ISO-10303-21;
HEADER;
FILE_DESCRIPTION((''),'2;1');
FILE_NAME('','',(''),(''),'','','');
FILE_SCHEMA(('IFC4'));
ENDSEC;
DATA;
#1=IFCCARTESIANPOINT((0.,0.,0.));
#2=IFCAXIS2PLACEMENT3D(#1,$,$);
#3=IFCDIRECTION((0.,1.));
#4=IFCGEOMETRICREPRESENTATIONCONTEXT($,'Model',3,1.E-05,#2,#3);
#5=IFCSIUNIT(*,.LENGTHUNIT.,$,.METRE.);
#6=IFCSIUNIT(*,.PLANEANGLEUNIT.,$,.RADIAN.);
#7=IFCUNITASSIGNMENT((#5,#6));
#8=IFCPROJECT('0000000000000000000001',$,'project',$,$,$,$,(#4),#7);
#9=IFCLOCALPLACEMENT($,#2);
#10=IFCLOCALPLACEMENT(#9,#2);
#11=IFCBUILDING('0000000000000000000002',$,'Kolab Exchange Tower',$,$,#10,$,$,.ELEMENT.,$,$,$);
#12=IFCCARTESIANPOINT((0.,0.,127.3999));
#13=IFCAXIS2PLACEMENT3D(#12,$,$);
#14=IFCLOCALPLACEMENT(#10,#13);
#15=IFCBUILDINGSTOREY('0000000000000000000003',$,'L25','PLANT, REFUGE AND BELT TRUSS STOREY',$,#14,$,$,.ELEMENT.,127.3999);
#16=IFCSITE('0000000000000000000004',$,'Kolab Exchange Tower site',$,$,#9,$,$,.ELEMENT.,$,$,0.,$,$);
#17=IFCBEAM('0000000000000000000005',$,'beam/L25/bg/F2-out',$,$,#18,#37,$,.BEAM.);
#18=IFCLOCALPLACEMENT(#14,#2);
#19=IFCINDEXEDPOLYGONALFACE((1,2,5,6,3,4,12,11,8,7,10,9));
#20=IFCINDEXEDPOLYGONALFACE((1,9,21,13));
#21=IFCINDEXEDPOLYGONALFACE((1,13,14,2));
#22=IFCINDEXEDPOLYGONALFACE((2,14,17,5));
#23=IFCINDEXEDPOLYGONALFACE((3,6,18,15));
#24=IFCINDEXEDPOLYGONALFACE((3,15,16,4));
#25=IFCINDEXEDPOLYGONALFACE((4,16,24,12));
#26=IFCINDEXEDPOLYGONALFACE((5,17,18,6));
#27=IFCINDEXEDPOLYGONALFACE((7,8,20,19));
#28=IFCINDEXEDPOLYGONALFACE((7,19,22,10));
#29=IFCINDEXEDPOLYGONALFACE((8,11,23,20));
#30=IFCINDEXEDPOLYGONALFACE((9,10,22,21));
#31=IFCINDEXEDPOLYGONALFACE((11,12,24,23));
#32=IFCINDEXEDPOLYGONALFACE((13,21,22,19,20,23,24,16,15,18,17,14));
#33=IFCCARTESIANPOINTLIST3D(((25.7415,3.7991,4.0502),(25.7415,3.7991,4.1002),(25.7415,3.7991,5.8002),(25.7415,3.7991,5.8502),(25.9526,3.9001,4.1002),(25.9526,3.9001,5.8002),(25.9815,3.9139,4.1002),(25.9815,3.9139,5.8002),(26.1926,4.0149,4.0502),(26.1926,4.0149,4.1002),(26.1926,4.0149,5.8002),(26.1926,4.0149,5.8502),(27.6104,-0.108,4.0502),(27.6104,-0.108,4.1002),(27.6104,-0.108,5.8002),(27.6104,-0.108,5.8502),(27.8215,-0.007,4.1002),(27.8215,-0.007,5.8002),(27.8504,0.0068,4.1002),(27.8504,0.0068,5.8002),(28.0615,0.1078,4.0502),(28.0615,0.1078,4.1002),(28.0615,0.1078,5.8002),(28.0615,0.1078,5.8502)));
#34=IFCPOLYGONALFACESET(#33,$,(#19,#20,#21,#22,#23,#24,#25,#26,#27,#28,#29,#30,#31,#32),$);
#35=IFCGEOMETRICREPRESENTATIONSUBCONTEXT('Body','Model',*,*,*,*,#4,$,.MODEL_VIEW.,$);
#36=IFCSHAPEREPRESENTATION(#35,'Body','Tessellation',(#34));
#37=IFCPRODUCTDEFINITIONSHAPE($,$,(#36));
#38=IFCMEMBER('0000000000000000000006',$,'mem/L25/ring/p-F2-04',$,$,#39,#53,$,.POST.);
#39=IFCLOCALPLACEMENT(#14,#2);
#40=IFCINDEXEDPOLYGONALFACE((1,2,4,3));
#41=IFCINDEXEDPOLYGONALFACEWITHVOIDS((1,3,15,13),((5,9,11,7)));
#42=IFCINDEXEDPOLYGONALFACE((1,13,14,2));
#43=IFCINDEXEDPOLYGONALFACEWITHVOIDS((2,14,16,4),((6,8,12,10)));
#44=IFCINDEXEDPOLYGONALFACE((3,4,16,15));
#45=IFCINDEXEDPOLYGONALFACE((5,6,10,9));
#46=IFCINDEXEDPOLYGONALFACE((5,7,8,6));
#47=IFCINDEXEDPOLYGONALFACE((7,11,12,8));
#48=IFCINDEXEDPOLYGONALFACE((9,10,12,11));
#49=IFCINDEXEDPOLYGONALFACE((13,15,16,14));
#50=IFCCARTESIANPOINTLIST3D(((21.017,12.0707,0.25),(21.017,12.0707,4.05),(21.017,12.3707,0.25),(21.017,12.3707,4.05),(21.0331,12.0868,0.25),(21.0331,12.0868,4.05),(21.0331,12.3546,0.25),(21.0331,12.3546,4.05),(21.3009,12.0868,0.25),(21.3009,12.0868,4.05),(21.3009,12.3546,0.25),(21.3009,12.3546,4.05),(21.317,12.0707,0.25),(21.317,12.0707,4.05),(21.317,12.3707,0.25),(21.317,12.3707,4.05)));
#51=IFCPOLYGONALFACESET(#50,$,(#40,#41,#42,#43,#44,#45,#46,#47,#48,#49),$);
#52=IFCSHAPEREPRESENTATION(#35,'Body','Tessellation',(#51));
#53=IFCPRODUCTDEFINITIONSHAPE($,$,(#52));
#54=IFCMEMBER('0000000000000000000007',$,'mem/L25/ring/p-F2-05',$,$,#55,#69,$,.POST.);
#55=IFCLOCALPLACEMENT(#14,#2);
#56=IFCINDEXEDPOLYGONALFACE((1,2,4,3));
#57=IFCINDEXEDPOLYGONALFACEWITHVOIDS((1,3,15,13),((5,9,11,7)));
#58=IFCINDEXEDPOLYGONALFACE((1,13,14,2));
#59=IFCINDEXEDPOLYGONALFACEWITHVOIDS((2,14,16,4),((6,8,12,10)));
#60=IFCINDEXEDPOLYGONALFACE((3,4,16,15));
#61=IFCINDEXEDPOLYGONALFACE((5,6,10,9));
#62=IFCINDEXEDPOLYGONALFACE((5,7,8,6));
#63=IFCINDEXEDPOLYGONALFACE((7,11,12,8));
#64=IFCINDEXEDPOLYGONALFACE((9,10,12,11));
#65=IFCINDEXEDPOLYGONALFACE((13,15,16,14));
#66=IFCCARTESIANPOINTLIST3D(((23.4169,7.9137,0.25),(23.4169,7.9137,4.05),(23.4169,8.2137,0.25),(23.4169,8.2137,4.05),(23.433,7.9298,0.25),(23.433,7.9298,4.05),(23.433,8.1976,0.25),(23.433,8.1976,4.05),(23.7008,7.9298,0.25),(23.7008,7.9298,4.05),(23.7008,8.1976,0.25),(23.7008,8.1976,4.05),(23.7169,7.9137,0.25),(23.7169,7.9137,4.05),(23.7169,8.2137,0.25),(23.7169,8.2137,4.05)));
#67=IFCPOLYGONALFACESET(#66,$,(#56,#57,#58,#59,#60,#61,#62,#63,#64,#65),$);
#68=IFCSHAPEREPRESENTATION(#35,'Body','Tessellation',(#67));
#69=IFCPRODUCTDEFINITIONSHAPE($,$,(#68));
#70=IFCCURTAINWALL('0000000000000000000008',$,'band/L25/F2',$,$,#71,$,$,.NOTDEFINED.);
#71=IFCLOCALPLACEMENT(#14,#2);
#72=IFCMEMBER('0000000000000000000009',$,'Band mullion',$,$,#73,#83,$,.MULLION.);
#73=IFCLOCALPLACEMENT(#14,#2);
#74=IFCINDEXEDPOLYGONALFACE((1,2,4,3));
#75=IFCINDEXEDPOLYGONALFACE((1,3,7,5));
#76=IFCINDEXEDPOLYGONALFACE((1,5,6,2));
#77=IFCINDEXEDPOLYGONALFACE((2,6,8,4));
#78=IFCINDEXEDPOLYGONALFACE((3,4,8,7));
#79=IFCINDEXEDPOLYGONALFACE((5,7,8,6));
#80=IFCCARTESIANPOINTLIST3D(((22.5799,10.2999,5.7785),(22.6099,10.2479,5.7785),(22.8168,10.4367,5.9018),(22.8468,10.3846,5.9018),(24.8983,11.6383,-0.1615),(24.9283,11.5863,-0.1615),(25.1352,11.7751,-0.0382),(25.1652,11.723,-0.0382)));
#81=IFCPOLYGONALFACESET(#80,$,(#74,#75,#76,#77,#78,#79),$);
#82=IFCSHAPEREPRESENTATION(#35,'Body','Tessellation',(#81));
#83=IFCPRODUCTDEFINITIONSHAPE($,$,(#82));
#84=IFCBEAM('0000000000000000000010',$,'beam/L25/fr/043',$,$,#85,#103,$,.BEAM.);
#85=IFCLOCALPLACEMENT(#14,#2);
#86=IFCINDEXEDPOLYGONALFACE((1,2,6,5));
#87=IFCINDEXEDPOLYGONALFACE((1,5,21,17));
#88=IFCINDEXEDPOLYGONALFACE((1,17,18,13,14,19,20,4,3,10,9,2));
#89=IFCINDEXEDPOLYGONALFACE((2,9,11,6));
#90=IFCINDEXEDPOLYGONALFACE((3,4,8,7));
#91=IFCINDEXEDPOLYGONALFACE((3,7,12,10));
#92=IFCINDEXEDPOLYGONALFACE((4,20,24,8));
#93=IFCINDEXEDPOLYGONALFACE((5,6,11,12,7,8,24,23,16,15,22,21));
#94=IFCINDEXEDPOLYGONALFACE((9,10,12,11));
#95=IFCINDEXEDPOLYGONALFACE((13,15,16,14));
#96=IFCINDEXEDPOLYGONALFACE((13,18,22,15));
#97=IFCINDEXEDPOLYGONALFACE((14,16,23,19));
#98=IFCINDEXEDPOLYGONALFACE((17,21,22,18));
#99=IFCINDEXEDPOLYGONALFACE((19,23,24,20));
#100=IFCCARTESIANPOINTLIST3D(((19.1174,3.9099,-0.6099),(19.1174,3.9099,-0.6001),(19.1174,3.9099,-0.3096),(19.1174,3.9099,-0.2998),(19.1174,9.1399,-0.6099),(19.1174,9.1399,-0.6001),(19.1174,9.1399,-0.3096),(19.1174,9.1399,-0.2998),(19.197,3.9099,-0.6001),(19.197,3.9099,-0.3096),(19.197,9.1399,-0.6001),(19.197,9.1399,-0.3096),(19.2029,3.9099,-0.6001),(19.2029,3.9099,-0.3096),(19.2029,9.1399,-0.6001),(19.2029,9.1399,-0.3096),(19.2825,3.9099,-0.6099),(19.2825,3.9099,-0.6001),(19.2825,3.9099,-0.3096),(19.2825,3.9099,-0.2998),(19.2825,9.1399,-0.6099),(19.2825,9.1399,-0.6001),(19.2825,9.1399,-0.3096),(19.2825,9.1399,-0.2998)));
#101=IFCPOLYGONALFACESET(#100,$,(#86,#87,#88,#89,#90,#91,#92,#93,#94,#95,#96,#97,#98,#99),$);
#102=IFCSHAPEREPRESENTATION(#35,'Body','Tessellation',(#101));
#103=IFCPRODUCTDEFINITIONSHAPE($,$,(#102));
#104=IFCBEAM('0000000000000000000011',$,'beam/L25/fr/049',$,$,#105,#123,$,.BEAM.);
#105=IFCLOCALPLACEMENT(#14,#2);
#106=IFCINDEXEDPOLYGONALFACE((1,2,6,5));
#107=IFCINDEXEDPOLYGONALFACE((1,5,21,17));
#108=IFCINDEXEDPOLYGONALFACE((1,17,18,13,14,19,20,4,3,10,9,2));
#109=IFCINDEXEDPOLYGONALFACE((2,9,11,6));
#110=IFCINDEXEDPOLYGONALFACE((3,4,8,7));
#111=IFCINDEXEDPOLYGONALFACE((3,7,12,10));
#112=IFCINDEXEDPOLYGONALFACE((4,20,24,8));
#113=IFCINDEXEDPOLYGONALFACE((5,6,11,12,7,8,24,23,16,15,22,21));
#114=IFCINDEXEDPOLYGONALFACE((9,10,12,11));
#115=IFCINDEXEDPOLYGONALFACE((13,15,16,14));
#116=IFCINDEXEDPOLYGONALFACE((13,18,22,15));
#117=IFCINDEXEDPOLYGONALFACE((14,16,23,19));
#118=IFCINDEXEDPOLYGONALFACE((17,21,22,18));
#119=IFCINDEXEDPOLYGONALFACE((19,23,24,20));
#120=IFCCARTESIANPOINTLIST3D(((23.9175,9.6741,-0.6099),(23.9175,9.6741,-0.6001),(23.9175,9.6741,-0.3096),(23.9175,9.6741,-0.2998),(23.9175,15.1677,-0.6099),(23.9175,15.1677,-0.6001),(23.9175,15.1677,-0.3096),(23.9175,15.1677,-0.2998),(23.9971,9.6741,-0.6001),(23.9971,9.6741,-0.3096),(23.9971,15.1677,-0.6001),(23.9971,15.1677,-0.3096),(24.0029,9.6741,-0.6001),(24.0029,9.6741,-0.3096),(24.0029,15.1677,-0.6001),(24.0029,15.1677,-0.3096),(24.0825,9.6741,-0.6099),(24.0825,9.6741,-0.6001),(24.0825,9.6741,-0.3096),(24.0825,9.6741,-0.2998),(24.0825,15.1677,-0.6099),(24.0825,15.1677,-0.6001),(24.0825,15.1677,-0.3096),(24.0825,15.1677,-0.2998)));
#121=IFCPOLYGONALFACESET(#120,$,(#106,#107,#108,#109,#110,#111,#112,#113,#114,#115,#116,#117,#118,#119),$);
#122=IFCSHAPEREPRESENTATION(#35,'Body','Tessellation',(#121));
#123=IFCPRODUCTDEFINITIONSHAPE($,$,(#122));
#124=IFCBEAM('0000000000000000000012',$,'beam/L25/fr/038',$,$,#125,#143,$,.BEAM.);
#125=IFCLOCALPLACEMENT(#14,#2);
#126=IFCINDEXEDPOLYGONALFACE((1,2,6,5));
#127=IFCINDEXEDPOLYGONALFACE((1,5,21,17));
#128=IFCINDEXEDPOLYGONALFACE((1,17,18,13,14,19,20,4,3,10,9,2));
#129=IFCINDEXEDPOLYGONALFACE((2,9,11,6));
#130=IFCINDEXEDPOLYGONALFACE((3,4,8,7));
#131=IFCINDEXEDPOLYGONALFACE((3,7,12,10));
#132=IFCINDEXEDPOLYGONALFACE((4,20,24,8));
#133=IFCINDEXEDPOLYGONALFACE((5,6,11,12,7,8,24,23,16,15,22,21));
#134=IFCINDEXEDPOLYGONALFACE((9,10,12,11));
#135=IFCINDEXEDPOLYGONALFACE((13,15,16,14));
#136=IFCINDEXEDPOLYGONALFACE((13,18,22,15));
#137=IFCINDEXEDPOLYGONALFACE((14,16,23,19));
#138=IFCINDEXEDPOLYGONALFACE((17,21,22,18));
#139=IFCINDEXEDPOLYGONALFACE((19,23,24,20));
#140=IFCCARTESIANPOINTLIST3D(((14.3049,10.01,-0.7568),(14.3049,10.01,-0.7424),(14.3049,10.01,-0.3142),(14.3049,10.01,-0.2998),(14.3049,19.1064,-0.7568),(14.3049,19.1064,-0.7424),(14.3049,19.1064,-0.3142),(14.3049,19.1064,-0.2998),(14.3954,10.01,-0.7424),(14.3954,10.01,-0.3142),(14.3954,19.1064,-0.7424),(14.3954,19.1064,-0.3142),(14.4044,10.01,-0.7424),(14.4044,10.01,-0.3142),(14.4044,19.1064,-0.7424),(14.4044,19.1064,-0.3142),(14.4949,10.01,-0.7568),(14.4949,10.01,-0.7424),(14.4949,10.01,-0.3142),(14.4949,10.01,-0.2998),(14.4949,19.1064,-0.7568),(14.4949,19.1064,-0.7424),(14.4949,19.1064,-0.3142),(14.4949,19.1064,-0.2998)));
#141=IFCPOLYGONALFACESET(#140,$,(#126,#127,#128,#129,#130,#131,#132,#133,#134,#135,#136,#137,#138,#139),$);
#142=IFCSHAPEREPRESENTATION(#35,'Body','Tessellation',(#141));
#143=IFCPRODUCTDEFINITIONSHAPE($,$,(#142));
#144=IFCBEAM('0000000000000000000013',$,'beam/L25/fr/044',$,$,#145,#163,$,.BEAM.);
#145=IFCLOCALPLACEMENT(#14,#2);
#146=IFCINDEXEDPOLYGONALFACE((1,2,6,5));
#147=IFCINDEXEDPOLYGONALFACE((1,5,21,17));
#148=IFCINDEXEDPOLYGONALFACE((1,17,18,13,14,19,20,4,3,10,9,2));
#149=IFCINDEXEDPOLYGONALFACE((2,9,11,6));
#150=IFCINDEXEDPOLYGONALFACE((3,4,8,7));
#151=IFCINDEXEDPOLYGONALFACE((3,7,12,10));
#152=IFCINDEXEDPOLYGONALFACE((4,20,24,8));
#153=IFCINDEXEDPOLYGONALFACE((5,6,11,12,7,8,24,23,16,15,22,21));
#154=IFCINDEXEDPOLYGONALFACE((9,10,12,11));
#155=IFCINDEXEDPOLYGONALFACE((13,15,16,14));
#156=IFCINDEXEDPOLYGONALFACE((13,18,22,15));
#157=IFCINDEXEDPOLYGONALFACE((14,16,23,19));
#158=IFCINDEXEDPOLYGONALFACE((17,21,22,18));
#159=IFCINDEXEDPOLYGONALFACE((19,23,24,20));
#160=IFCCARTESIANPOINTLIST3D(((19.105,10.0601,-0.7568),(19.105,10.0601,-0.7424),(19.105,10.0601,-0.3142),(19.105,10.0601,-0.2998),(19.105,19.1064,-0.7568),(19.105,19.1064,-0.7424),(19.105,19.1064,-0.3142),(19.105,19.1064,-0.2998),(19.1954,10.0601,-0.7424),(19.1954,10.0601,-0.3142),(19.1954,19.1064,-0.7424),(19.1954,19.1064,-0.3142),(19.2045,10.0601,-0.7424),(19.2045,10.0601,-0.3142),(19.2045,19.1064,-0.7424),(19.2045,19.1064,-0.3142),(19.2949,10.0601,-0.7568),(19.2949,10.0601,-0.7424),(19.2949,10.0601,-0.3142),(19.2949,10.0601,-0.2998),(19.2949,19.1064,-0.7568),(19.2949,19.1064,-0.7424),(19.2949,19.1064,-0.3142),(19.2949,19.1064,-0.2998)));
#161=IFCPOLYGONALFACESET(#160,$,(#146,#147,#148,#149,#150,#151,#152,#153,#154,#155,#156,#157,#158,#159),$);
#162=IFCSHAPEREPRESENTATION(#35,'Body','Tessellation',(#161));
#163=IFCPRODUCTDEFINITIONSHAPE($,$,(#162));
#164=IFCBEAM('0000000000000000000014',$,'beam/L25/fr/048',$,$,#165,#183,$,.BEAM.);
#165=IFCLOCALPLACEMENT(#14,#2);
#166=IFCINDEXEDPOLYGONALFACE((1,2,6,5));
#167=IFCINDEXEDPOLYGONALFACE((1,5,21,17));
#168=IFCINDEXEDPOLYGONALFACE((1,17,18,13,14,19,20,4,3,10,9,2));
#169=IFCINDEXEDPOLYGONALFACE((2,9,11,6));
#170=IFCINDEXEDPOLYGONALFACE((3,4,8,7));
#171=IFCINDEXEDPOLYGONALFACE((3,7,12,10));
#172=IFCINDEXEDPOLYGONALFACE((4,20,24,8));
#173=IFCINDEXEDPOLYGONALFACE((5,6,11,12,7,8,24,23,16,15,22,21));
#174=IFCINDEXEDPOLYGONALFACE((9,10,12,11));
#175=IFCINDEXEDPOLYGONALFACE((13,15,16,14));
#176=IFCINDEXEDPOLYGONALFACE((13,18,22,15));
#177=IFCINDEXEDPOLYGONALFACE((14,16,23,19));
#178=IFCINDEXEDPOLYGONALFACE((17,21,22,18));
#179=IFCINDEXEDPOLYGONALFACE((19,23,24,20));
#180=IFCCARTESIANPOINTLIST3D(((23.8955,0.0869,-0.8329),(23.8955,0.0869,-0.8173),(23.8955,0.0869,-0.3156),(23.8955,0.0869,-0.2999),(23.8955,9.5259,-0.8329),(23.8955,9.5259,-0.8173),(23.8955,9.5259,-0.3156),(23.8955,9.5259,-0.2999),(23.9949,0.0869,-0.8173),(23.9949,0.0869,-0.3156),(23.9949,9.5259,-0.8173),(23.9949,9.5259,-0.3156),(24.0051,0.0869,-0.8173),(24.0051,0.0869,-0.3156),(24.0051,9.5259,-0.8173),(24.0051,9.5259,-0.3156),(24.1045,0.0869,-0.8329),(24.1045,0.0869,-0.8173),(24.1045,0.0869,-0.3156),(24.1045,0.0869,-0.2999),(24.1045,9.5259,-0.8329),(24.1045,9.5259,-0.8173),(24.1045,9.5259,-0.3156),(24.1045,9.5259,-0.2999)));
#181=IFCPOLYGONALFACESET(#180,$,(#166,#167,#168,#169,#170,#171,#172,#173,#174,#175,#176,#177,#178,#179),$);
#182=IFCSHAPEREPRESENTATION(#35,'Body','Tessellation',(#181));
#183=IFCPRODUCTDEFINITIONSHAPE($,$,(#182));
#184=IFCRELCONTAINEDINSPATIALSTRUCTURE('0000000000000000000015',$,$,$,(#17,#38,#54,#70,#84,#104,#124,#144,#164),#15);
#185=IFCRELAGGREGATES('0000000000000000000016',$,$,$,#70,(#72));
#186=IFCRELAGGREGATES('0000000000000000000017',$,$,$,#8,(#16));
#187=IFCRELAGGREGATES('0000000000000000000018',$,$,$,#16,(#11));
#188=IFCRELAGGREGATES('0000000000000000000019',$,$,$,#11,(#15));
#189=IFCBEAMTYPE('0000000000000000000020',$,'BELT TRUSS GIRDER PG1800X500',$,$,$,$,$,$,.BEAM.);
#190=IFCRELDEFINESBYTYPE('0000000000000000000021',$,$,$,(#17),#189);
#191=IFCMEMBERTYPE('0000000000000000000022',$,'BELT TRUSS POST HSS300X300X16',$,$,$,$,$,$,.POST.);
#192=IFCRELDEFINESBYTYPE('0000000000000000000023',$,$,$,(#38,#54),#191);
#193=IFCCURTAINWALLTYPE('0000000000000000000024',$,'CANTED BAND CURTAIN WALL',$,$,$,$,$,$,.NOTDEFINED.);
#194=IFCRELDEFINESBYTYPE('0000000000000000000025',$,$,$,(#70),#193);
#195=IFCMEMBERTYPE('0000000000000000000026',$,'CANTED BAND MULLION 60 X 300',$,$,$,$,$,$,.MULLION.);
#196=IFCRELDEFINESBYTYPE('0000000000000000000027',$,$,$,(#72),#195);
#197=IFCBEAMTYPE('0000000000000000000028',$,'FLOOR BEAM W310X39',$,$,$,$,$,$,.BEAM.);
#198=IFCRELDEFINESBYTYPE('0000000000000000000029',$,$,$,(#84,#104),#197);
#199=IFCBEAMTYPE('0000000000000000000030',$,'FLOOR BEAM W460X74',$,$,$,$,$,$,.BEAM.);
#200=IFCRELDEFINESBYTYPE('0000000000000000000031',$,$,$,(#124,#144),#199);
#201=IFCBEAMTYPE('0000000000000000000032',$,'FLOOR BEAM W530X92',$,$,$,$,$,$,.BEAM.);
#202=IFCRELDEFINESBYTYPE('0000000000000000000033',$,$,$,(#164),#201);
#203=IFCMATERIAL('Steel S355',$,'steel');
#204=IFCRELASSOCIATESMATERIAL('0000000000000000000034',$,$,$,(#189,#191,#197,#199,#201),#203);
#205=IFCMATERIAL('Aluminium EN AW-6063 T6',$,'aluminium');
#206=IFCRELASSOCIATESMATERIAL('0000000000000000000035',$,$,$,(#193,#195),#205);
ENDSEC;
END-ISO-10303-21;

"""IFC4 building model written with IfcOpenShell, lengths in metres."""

from ifc_helpers import new_model, si_unit, direction, frame, origin, origin_2d, place, context, subcontext, project, spatial, rectangle, hollow_rectangle, i_section, extrude, material, material_profile, profile_set, type_object, element, aggregate, save


model = new_model("IFC4")

# Units and contexts
model_context = context("Model", 3, precision=1e-05, world=origin(), true_north=direction((0.0, 1.0)))
body_context = subcontext(model_context, "Body", "Model", "MODEL_VIEW")
ifc_project = project(units=[si_unit("LENGTHUNIT", "METRE"), si_unit("PLANEANGLEUNIT", "RADIAN")], contexts=[model_context])

# Site, building, storey
site_placement = place(None, origin())
site = spatial("IfcSite", under=ifc_project, at=site_placement, Name="Kolab Exchange Tower site", CompositionType="ELEMENT", RefElevation=0.0)
building_placement = place(site_placement, origin())
building = spatial("IfcBuilding", under=site, at=building_placement, Name="Kolab Exchange Tower", CompositionType="ELEMENT")
storey_placement = place(building_placement, frame((0.0, 0.0, 127.3999)))
storey = spatial("IfcBuildingStorey", under=building, at=storey_placement, Name="L25", Description="PLANT, REFUGE AND BELT TRUSS STOREY", CompositionType="ELEMENT", Elevation=127.3999)

# Shared definitions
ifc_material_1 = material(Name="Steel S355", Category="steel")

# Beam
ifc_material_profile_1 = material_profile(ifc_material_1, i_section(OverallWidth=0.5, OverallDepth=1.8, WebThickness=0.032, FlangeThickness=0.05, at=origin_2d()), Name="PG1800X500")
ifc_profile_set_1 = profile_set([ifc_material_profile_1], Name="Steel S355")
beam_type_1 = type_object("IfcBeamType", Name="BELT TRUSS GIRDER PG1800X500", PredefinedType="BEAM", material=ifc_profile_set_1)
beam_1_placement = place(storey_placement, frame((25.967, 3.907, 4.9502), z_axis=(0.431519, -0.902104, 0.0), x_axis=(0.902104, 0.431519, 0.0)))
element("IfcBeam", 1, at=beam_1_placement, inside=storey, type_object=beam_type_1, Name="beam/L25/bg/F2-out", PredefinedType="BEAM", context=body_context, shape_type="SweptSolid", body=[
    extrude(i_section(OverallWidth=0.5, OverallDepth=1.8, WebThickness=0.032, FlangeThickness=0.05, at=origin_2d()), origin(), (0.0, 0.0, 1.0), 4.3311),
])

# Members
ifc_material_profile_2 = material_profile(ifc_material_1, hollow_rectangle(XDim=0.3, YDim=0.3, WallThickness=0.0161, at=origin_2d()), Name="HSS300X300X16")
ifc_profile_set_2 = profile_set([ifc_material_profile_2], Name="Steel S355")
member_type_1 = type_object("IfcMemberType", Name="BELT TRUSS POST HSS300X300X16", PredefinedType="POST", material=ifc_profile_set_2)
for number, where, z_axis, x_axis, name in (
    (2, (21.167, 12.2207, 0.25), (0.0, 0.0, 1.0), (1.0, 0.0, 0.0), "mem/L25/ring/p-F2-04"),
    (3, (23.5669, 8.0637, 0.25), (0.0, 0.0, 1.0), (1.0, 0.0, 0.0), "mem/L25/ring/p-F2-05"),
):
    element("IfcMember", number, at=place(storey_placement, frame(where, z_axis=z_axis, x_axis=x_axis)), inside=storey, type_object=member_type_1, Name=name, PredefinedType="POST", context=body_context, shape_type="SweptSolid", body=[
        extrude(hollow_rectangle(XDim=0.3, YDim=0.3, WallThickness=0.0161, at=origin_2d()), origin(), (0.0, 0.0, 1.0), 3.8),
    ])

# Curtain wall, member
ifc_material_2 = material(Name="Aluminium EN AW-6063 T6", Category="aluminium")
curtain_wall_type = type_object("IfcCurtainWallType", Name="CANTED BAND CURTAIN WALL", PredefinedType="NOTDEFINED", material=ifc_material_2)
curtain_wall_placement = place(storey_placement, origin())
curtain_wall = element("IfcCurtainWall", 4, at=curtain_wall_placement, inside=storey, type_object=curtain_wall_type, Name="band/L25/F2", PredefinedType="NOTDEFINED")
ifc_material_profile_3 = material_profile(ifc_material_2, rectangle(XDim=0.0601, YDim=0.3, at=origin_2d()), Name="RECT 60X300")
ifc_profile_set_3 = profile_set([ifc_material_profile_3], Name="Aluminium EN AW-6063 T6")
member_type_2 = type_object("IfcMemberType", Name="CANTED BAND MULLION 60 X 300", PredefinedType="MULLION", material=ifc_profile_set_3)
member_1_placement = place(storey_placement, frame((25.0317, 11.6807, -0.0999), z_axis=(-0.355834, -0.205421, 0.911693), x_axis=(0.499965, -0.866046, 0.0)))
member_1 = element("IfcMember", 5, at=member_1_placement, type_object=member_type_2, Name="Band mullion", PredefinedType="MULLION", context=body_context, shape_type="SweptSolid", body=[
    extrude(rectangle(XDim=0.0601, YDim=0.3, at=origin_2d()), origin(), (0.0, 0.0, 1.0), 6.5154),
])

# Beams
ifc_material_profile_4 = material_profile(ifc_material_1, i_section(OverallWidth=0.165, OverallDepth=0.3101, WebThickness=0.0059, FlangeThickness=0.0098, at=origin_2d()), Name="W310X39")
ifc_profile_set_4 = profile_set([ifc_material_profile_4], Name="Steel S355")
beam_type_2 = type_object("IfcBeamType", Name="FLOOR BEAM W310X39", PredefinedType="BEAM", material=ifc_profile_set_4)
beam_2_placement = place(storey_placement, frame((19.2, 3.9099, -0.4548), z_axis=(0.0, 1.0, 0.0), x_axis=(-1.0, 0.0, 0.0)))
element("IfcBeam", 6, at=beam_2_placement, inside=storey, type_object=beam_type_2, Name="beam/L25/fr/043", PredefinedType="BEAM", context=body_context, shape_type="SweptSolid", body=[
    extrude(i_section(OverallWidth=0.165, OverallDepth=0.3101, WebThickness=0.0059, FlangeThickness=0.0098, at=origin_2d()), origin(), (0.0, 0.0, 1.0), 5.23),
])
beam_3_placement = place(storey_placement, frame((24.0, 9.6741, -0.4548), z_axis=(0.0, 1.0, 0.0), x_axis=(-1.0, 0.0, 0.0)))
element("IfcBeam", 7, at=beam_3_placement, inside=storey, type_object=beam_type_2, Name="beam/L25/fr/049", PredefinedType="BEAM", context=body_context, shape_type="SweptSolid", body=[
    extrude(i_section(OverallWidth=0.165, OverallDepth=0.3101, WebThickness=0.0059, FlangeThickness=0.0098, at=origin_2d()), origin(), (0.0, 0.0, 1.0), 5.4937),
])
ifc_material_profile_5 = material_profile(ifc_material_1, i_section(OverallWidth=0.1899, OverallDepth=0.457, WebThickness=0.009, FlangeThickness=0.0144, at=origin_2d()), Name="W460X74")
ifc_profile_set_5 = profile_set([ifc_material_profile_5], Name="Steel S355")
beam_type_3 = type_object("IfcBeamType", Name="FLOOR BEAM W460X74", PredefinedType="BEAM", material=ifc_profile_set_5)
beam_4_placement = place(storey_placement, frame((14.3999, 10.01, -0.5283), z_axis=(0.0, 1.0, 0.0), x_axis=(-1.0, 0.0, 0.0)))
element("IfcBeam", 8, at=beam_4_placement, inside=storey, type_object=beam_type_3, Name="beam/L25/fr/038", PredefinedType="BEAM", context=body_context, shape_type="SweptSolid", body=[
    extrude(i_section(OverallWidth=0.1899, OverallDepth=0.457, WebThickness=0.009, FlangeThickness=0.0144, at=origin_2d()), origin(), (0.0, 0.0, 1.0), 9.0964),
])
beam_5_placement = place(storey_placement, frame((19.2, 10.0601, -0.5283), z_axis=(0.0, 1.0, 0.0), x_axis=(-1.0, 0.0, 0.0)))
element("IfcBeam", 9, at=beam_5_placement, inside=storey, type_object=beam_type_3, Name="beam/L25/fr/044", PredefinedType="BEAM", context=body_context, shape_type="SweptSolid", body=[
    extrude(i_section(OverallWidth=0.1899, OverallDepth=0.457, WebThickness=0.009, FlangeThickness=0.0144, at=origin_2d()), origin(), (0.0, 0.0, 1.0), 9.0464),
])
ifc_material_profile_6 = material_profile(ifc_material_1, i_section(OverallWidth=0.209, OverallDepth=0.533, WebThickness=0.0103, FlangeThickness=0.0156, at=origin_2d()), Name="W530X92")
ifc_profile_set_6 = profile_set([ifc_material_profile_6], Name="Steel S355")
beam_type_4 = type_object("IfcBeamType", Name="FLOOR BEAM W530X92", PredefinedType="BEAM", material=ifc_profile_set_6)
beam_6_placement = place(storey_placement, frame((24.0, 0.0869, -0.5664), z_axis=(0.0, 1.0, 0.0), x_axis=(-1.0, 0.0, 0.0)))
element("IfcBeam", 10, at=beam_6_placement, inside=storey, type_object=beam_type_4, Name="beam/L25/fr/048", PredefinedType="BEAM", context=body_context, shape_type="SweptSolid", body=[
    extrude(i_section(OverallWidth=0.209, OverallDepth=0.533, WebThickness=0.0103, FlangeThickness=0.0156, at=origin_2d()), origin(), (0.0, 0.0, 1.0), 9.439),
])

aggregate(curtain_wall, [member_1])

save(model, "model.ifc")
